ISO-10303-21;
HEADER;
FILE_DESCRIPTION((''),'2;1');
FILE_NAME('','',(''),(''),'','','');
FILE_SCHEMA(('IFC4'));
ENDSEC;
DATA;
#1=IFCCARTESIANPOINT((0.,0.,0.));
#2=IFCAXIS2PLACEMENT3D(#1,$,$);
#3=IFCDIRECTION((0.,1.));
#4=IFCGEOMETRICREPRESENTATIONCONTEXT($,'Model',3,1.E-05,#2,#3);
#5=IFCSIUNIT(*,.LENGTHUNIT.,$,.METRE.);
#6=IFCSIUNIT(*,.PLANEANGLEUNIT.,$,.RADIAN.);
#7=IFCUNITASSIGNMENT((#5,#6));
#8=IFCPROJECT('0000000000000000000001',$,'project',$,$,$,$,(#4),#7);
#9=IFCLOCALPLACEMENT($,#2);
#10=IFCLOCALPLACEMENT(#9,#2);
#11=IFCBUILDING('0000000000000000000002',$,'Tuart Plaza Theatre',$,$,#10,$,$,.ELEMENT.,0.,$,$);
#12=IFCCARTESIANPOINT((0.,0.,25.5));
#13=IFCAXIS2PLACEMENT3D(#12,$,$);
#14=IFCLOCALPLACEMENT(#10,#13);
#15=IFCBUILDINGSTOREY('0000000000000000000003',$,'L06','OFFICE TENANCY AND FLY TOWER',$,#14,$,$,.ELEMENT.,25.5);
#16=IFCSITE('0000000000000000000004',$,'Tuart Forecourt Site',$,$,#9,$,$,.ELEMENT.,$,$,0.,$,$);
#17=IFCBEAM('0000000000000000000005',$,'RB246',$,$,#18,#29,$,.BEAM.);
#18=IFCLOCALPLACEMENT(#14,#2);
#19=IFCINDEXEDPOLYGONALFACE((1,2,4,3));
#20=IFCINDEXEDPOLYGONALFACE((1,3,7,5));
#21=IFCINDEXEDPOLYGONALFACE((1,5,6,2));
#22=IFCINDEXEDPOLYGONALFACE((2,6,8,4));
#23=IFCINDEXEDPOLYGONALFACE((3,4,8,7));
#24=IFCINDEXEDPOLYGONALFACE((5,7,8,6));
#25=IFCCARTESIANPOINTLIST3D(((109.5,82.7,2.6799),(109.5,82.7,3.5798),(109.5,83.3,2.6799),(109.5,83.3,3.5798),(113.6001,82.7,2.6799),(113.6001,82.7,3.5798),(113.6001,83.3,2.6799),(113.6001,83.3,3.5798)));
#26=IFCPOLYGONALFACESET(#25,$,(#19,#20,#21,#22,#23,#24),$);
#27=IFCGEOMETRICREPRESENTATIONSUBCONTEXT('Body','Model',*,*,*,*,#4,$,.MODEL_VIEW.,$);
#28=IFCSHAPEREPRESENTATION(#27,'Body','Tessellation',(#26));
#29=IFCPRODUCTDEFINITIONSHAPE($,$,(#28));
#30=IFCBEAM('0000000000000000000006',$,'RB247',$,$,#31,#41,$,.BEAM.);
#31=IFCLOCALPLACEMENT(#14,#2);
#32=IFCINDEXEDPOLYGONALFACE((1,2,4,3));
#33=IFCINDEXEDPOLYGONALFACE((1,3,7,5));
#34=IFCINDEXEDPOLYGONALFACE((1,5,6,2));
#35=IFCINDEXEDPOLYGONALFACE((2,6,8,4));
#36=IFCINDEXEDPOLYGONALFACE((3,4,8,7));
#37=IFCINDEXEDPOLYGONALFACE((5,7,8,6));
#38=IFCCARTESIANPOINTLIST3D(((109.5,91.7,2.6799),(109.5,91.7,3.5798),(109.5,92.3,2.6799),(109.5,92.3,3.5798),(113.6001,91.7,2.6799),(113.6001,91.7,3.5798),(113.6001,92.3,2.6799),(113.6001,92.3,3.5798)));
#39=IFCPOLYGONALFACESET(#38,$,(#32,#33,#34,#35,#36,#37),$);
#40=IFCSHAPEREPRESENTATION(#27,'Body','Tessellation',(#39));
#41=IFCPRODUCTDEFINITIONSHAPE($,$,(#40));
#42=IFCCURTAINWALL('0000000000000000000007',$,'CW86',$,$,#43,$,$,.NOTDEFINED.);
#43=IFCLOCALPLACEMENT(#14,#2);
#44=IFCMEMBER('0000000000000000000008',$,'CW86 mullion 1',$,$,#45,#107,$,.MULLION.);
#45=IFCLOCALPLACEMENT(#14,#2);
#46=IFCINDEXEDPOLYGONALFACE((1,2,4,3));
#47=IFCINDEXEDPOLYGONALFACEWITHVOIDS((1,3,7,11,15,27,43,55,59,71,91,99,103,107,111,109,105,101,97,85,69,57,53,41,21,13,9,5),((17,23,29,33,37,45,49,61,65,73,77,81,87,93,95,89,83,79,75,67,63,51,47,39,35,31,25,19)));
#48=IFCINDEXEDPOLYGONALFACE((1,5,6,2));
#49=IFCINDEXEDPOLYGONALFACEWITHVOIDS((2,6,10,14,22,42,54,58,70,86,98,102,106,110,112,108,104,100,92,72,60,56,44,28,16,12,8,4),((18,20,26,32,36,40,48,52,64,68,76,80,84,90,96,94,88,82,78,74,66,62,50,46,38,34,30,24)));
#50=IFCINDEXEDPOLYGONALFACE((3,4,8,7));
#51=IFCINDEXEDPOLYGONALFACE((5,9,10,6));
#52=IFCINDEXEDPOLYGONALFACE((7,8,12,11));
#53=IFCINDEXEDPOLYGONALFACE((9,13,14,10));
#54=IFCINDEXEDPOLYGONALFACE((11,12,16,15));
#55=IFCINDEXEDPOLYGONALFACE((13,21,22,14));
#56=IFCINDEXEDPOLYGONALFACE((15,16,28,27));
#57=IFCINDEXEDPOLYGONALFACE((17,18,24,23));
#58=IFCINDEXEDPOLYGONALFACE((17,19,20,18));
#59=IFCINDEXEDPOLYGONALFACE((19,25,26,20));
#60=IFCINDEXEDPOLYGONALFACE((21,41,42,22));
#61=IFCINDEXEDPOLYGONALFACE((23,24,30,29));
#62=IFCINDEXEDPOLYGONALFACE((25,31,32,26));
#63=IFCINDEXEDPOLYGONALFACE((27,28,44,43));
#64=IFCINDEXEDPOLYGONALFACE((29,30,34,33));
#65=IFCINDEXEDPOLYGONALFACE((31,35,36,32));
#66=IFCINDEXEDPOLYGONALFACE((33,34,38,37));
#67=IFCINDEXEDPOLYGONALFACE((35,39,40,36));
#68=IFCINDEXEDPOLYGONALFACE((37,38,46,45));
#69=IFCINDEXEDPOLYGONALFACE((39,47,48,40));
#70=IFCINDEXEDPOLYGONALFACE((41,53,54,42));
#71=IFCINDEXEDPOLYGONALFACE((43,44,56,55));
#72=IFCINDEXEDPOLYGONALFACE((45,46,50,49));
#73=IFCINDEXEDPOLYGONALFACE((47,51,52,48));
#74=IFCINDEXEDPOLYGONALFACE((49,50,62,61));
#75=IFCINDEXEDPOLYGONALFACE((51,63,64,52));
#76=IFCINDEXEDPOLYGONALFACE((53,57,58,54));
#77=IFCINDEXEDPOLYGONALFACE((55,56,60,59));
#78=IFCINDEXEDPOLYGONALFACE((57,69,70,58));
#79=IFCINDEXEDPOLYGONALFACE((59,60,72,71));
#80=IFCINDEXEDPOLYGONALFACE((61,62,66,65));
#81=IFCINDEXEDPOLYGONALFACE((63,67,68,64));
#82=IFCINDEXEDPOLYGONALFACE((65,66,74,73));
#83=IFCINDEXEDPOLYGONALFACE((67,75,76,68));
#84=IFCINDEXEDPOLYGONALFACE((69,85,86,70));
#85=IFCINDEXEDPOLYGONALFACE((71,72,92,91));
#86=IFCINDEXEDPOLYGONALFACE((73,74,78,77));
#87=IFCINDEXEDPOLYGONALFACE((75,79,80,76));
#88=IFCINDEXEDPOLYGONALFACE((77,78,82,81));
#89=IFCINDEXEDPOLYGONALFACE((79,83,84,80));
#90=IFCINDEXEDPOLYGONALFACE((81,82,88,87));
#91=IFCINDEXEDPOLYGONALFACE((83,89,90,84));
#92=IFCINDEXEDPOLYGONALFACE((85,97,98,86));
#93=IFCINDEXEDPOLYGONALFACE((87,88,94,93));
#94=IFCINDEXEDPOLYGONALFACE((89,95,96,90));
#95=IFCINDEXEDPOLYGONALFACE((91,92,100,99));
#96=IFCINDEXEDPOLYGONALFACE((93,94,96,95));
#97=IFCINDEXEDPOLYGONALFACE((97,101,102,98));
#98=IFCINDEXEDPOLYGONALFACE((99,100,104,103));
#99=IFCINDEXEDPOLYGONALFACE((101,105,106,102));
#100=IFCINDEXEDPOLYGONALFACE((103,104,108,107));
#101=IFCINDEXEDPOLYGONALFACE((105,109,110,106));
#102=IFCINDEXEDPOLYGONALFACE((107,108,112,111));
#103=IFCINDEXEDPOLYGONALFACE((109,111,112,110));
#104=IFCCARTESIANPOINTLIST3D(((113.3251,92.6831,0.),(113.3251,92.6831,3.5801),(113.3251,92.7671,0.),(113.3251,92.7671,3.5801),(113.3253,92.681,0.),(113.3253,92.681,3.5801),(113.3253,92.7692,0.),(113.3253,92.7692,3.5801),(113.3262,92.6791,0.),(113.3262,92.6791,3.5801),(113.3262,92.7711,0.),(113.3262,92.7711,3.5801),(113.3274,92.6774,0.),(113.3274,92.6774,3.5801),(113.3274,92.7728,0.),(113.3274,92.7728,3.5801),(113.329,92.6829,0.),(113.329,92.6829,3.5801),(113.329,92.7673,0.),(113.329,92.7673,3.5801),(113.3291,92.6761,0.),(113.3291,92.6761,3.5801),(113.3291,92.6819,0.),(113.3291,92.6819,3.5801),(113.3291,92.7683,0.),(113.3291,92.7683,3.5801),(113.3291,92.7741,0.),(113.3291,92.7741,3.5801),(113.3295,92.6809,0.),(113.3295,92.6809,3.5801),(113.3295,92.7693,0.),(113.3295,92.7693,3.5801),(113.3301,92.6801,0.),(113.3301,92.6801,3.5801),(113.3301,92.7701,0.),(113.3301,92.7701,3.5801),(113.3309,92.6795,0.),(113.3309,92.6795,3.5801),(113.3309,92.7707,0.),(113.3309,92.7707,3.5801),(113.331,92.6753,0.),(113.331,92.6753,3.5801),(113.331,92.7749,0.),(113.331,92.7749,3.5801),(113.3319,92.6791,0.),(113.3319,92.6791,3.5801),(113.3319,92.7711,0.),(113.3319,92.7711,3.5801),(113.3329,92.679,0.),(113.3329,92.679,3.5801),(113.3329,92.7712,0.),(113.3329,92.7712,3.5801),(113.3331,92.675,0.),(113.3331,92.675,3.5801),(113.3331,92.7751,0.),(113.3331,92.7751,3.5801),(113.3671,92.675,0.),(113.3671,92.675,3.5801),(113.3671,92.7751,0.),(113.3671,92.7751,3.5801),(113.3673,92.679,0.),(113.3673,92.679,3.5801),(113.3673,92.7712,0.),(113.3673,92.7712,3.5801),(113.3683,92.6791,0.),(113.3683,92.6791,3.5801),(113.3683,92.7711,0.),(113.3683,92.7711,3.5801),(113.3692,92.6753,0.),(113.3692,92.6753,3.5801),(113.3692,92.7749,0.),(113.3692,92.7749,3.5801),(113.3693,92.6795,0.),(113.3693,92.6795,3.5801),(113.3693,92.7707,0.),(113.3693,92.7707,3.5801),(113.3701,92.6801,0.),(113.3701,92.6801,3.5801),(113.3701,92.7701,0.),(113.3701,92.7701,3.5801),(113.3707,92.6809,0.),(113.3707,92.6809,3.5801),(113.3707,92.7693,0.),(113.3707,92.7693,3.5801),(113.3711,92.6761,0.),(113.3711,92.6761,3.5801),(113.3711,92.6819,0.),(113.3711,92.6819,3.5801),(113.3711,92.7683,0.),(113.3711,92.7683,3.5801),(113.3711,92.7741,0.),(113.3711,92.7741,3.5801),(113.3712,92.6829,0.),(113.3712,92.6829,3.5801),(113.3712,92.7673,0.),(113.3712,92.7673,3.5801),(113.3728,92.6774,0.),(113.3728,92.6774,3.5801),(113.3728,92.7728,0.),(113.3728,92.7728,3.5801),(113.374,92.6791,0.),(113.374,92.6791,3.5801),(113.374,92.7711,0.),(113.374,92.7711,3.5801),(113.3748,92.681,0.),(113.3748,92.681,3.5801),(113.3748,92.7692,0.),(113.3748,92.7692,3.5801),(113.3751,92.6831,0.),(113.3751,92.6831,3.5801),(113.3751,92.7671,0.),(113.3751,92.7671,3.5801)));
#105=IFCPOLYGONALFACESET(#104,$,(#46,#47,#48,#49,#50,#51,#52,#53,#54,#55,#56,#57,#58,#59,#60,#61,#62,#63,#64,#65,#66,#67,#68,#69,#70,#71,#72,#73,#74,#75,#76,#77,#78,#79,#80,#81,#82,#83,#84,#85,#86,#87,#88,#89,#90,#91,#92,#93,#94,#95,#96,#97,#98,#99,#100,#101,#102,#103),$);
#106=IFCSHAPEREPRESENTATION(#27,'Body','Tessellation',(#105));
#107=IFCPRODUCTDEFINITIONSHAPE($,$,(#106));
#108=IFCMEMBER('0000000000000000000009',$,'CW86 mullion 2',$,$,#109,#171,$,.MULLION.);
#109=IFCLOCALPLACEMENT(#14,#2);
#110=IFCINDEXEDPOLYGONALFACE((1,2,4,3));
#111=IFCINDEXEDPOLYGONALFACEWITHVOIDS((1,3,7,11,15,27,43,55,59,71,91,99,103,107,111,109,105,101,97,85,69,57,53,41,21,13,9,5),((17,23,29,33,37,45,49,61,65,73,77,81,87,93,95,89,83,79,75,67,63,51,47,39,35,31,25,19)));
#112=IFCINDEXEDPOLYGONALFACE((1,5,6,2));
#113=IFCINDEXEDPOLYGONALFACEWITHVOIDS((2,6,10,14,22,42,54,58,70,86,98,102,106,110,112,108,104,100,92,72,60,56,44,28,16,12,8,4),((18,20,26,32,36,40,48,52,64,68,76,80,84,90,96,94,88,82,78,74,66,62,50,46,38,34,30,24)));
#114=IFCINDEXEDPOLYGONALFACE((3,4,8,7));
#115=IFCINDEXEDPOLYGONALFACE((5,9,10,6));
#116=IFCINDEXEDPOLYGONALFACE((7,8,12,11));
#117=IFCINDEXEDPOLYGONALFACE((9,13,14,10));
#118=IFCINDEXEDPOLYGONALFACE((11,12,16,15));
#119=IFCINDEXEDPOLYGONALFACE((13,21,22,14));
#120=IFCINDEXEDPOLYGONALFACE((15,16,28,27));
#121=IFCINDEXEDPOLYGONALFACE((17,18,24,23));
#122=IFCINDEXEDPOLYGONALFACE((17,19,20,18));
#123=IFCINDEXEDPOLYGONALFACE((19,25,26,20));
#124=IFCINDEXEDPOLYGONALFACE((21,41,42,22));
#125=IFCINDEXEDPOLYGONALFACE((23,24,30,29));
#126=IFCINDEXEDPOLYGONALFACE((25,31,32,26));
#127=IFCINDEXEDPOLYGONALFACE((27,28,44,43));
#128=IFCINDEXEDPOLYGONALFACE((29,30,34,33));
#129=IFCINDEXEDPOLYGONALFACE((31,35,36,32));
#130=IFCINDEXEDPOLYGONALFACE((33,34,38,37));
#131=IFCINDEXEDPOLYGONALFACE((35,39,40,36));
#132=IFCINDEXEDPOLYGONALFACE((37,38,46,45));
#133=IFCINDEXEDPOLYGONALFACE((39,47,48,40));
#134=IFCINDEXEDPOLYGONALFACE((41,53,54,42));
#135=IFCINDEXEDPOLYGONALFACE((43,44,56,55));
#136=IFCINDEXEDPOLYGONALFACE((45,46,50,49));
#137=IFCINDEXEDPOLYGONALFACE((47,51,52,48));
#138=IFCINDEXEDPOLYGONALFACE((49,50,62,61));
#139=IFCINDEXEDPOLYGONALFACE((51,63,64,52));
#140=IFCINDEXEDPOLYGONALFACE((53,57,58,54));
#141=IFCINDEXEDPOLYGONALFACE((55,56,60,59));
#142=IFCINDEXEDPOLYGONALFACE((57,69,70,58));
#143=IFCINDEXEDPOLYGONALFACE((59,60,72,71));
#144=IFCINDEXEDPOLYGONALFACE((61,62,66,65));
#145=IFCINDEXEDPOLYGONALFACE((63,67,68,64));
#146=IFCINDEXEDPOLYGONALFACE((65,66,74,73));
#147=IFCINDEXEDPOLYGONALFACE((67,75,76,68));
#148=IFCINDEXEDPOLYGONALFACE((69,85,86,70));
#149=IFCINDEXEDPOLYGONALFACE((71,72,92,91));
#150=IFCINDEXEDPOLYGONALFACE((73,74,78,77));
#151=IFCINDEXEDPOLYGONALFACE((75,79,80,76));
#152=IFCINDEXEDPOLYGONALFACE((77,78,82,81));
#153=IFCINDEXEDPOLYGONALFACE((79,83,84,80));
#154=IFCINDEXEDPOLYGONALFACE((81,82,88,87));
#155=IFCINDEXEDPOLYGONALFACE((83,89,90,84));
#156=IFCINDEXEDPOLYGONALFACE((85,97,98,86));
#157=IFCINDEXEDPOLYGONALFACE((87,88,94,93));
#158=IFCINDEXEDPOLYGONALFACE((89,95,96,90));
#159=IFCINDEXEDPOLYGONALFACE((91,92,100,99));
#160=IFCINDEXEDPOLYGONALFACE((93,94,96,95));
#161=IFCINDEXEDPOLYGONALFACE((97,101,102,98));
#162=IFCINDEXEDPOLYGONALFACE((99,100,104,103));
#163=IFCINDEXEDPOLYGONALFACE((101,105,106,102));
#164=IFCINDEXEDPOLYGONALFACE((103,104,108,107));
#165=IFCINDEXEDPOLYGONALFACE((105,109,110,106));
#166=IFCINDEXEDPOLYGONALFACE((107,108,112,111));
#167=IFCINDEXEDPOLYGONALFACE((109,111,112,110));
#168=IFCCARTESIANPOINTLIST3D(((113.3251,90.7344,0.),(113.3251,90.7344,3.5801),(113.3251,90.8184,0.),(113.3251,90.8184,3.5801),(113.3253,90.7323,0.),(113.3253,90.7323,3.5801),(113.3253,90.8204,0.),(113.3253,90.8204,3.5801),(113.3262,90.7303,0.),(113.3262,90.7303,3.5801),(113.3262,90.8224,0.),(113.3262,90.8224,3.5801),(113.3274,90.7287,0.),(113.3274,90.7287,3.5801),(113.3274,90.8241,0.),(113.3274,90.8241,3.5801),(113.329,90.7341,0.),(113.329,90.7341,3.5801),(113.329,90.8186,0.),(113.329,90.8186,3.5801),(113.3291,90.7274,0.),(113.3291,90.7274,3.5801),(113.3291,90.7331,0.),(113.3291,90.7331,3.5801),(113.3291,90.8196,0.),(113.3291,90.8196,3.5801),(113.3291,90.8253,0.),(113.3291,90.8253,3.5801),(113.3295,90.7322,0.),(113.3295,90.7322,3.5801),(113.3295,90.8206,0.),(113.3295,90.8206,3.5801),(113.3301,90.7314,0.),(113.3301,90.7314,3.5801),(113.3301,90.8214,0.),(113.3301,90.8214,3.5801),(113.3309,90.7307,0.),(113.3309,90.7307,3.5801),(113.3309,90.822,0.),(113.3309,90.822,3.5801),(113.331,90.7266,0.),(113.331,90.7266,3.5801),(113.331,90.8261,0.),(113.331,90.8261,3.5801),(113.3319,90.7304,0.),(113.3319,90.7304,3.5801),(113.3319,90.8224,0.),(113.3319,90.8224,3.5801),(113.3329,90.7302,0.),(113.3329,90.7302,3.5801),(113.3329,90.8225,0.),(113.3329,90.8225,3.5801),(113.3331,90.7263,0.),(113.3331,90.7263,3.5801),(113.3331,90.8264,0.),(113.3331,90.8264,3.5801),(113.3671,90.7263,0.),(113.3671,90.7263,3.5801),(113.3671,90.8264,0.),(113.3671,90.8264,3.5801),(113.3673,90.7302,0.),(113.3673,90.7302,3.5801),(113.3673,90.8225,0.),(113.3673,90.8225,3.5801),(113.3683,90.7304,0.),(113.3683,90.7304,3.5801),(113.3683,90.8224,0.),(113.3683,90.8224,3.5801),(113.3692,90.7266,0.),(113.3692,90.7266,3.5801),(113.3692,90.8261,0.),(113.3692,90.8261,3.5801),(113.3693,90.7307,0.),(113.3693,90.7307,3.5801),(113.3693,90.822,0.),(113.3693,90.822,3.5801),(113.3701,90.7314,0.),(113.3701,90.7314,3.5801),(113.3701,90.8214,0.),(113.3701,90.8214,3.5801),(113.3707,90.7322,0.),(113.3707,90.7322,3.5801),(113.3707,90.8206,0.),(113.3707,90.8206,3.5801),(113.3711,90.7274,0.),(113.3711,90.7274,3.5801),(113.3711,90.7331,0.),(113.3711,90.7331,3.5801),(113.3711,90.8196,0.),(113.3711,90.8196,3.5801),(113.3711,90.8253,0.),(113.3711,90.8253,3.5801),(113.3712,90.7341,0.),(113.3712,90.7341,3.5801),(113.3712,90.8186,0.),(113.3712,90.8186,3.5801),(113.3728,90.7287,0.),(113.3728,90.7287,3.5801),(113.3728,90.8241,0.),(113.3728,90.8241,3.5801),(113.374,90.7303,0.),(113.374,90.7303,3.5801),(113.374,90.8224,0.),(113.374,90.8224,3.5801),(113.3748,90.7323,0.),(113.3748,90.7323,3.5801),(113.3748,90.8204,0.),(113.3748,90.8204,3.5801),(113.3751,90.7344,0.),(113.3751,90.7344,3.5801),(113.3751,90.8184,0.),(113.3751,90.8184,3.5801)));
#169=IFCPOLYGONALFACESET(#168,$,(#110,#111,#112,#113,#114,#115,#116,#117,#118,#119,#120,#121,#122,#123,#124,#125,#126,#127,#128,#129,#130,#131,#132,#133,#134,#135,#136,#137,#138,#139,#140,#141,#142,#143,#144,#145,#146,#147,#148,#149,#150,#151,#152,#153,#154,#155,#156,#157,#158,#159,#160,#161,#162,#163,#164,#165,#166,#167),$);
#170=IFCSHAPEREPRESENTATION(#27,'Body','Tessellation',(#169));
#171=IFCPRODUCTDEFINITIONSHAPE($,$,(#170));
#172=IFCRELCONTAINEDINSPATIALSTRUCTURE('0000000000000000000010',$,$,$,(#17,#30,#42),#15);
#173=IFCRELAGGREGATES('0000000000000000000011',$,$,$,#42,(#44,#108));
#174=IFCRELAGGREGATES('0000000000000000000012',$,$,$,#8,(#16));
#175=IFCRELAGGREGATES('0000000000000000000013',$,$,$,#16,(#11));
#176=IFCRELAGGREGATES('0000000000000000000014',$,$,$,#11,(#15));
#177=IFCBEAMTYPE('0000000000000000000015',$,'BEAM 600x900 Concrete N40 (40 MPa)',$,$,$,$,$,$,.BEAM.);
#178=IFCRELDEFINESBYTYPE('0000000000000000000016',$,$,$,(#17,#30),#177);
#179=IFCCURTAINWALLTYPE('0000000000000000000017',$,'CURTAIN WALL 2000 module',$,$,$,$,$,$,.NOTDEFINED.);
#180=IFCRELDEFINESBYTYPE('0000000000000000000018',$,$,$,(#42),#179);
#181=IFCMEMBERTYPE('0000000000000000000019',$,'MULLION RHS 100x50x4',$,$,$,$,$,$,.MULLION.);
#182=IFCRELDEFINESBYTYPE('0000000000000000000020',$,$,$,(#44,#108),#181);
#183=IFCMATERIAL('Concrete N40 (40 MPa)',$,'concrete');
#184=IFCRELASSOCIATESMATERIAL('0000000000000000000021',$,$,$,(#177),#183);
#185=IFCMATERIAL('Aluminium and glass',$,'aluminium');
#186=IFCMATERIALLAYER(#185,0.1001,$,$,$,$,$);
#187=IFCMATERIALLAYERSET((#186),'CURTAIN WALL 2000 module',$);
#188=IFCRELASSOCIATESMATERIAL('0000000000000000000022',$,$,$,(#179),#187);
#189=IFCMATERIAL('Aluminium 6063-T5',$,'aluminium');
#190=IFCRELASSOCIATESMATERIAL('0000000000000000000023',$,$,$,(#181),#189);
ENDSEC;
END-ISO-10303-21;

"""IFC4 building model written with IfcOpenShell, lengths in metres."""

from ifc_helpers import new_model, si_unit, direction, frame, origin, origin_2d, place, context, subcontext, project, spatial, rectangle, hollow_rectangle, extrude, material, layer, layer_set, material_profile, profile_set, type_object, element, aggregate, save


model = new_model("IFC4")

# Units and contexts
model_context = context("Model", 3, precision=1e-05, world=origin(), true_north=direction((0.0, 1.0)))
body_context = subcontext(model_context, "Body", "Model", "MODEL_VIEW")
ifc_project = project(units=[si_unit("LENGTHUNIT", "METRE"), si_unit("PLANEANGLEUNIT", "RADIAN")], contexts=[model_context])

# Site, building, storey
site_placement = place(None, origin())
site = spatial("IfcSite", under=ifc_project, at=site_placement, Name="Tuart Forecourt Site", CompositionType="ELEMENT", RefElevation=0.0)
building_placement = place(site_placement, origin())
building = spatial("IfcBuilding", under=site, at=building_placement, Name="Tuart Plaza Theatre", CompositionType="ELEMENT", ElevationOfRefHeight=0.0)
storey_placement = place(building_placement, frame((0.0, 0.0, 25.5)))
storey = spatial("IfcBuildingStorey", under=building, at=storey_placement, Name="L06", Description="OFFICE TENANCY AND FLY TOWER", CompositionType="ELEMENT", Elevation=25.5)

# Beams
ifc_material_1 = material(Name="Concrete N40 (40 MPa)", Category="concrete")
ifc_material_profile_1 = material_profile(ifc_material_1, rectangle(XDim=0.6001, YDim=0.8999, at=origin_2d()), Name="BEAM 600x900 Concrete N40 (40 MPa)")
ifc_profile_set_1 = profile_set([ifc_material_profile_1], Name="Concrete N40 (40 MPa)")
beam_type = type_object("IfcBeamType", Name="BEAM 600x900 Concrete N40 (40 MPa)", PredefinedType="BEAM", material=ifc_profile_set_1)
for number, where, z_axis, x_axis, name in (
    (1, (109.5, 83.0, 3.1299), (1.0, 0.0, 0.0), (0.0, 1.0, 0.0), "RB246"),
    (2, (109.5, 92.0, 3.1299), (1.0, 0.0, 0.0), (0.0, 1.0, 0.0), "RB247"),
):
    element("IfcBeam", number, at=place(storey_placement, frame(where, z_axis=z_axis, x_axis=x_axis)), inside=storey, type_object=beam_type, Name=name, PredefinedType="BEAM", context=body_context, shape_type="SweptSolid", body=[
        extrude(rectangle(XDim=0.6001, YDim=0.8999, at=origin_2d()), origin(), (0.0, 0.0, 1.0), 4.1001),
    ])

# Curtain wall, members
ifc_material_2 = material(Name="Aluminium and glass", Category="aluminium")
ifc_layer_1 = layer(ifc_material_2, 0.1001)
ifc_layer_set_1 = layer_set([ifc_layer_1], Name="CURTAIN WALL 2000 module")
curtain_wall_type = type_object("IfcCurtainWallType", Name="CURTAIN WALL 2000 module", PredefinedType="NOTDEFINED", material=ifc_layer_set_1)
curtain_wall_placement = place(storey_placement, origin())
curtain_wall = element("IfcCurtainWall", 3, at=curtain_wall_placement, inside=storey, type_object=curtain_wall_type, Name="CW86", PredefinedType="NOTDEFINED")
ifc_material_3 = material(Name="Aluminium 6063-T5", Category="aluminium")
ifc_material_profile_2 = material_profile(ifc_material_3, hollow_rectangle(XDim=0.05, YDim=0.1001, WallThickness=0.0039, InnerFilletRadius=0.0039, OuterFilletRadius=0.0081, at=origin_2d()), Name="RHS 100x50x4")
ifc_profile_set_2 = profile_set([ifc_material_profile_2], Name="Aluminium 6063-T5")
member_type_1 = type_object("IfcMemberType", Name="MULLION RHS 100x50x4", PredefinedType="MULLION", material=ifc_profile_set_2)
member_1_placement = place(storey_placement, frame((113.3501, 92.7251, 0.0), z_axis=(0.0, 0.0, 1.0), x_axis=(1.0, 0.0, 0.0)))
member_1 = element("IfcMember", 4, at=member_1_placement, type_object=member_type_1, Name="CW86 mullion 1", PredefinedType="MULLION", context=body_context, shape_type="SweptSolid", body=[
    extrude(hollow_rectangle(XDim=0.05, YDim=0.1001, WallThickness=0.0039, InnerFilletRadius=0.0039, OuterFilletRadius=0.0081, at=origin_2d()), origin(), (0.0, 0.0, 1.0), 3.5801),
])
member_2_placement = place(storey_placement, frame((113.3501, 90.7764, 0.0), z_axis=(0.0, 0.0, 1.0), x_axis=(1.0, 0.0, 0.0)))
member_2 = element("IfcMember", 5, at=member_2_placement, type_object=member_type_1, Name="CW86 mullion 2", PredefinedType="MULLION", context=body_context, shape_type="SweptSolid", body=[
    extrude(hollow_rectangle(XDim=0.05, YDim=0.1001, WallThickness=0.0039, InnerFilletRadius=0.0039, OuterFilletRadius=0.0081, at=origin_2d()), origin(), (0.0, 0.0, 1.0), 3.5801),
])
aggregate(curtain_wall, [member_1, member_2])

save(model, "model.ifc")
